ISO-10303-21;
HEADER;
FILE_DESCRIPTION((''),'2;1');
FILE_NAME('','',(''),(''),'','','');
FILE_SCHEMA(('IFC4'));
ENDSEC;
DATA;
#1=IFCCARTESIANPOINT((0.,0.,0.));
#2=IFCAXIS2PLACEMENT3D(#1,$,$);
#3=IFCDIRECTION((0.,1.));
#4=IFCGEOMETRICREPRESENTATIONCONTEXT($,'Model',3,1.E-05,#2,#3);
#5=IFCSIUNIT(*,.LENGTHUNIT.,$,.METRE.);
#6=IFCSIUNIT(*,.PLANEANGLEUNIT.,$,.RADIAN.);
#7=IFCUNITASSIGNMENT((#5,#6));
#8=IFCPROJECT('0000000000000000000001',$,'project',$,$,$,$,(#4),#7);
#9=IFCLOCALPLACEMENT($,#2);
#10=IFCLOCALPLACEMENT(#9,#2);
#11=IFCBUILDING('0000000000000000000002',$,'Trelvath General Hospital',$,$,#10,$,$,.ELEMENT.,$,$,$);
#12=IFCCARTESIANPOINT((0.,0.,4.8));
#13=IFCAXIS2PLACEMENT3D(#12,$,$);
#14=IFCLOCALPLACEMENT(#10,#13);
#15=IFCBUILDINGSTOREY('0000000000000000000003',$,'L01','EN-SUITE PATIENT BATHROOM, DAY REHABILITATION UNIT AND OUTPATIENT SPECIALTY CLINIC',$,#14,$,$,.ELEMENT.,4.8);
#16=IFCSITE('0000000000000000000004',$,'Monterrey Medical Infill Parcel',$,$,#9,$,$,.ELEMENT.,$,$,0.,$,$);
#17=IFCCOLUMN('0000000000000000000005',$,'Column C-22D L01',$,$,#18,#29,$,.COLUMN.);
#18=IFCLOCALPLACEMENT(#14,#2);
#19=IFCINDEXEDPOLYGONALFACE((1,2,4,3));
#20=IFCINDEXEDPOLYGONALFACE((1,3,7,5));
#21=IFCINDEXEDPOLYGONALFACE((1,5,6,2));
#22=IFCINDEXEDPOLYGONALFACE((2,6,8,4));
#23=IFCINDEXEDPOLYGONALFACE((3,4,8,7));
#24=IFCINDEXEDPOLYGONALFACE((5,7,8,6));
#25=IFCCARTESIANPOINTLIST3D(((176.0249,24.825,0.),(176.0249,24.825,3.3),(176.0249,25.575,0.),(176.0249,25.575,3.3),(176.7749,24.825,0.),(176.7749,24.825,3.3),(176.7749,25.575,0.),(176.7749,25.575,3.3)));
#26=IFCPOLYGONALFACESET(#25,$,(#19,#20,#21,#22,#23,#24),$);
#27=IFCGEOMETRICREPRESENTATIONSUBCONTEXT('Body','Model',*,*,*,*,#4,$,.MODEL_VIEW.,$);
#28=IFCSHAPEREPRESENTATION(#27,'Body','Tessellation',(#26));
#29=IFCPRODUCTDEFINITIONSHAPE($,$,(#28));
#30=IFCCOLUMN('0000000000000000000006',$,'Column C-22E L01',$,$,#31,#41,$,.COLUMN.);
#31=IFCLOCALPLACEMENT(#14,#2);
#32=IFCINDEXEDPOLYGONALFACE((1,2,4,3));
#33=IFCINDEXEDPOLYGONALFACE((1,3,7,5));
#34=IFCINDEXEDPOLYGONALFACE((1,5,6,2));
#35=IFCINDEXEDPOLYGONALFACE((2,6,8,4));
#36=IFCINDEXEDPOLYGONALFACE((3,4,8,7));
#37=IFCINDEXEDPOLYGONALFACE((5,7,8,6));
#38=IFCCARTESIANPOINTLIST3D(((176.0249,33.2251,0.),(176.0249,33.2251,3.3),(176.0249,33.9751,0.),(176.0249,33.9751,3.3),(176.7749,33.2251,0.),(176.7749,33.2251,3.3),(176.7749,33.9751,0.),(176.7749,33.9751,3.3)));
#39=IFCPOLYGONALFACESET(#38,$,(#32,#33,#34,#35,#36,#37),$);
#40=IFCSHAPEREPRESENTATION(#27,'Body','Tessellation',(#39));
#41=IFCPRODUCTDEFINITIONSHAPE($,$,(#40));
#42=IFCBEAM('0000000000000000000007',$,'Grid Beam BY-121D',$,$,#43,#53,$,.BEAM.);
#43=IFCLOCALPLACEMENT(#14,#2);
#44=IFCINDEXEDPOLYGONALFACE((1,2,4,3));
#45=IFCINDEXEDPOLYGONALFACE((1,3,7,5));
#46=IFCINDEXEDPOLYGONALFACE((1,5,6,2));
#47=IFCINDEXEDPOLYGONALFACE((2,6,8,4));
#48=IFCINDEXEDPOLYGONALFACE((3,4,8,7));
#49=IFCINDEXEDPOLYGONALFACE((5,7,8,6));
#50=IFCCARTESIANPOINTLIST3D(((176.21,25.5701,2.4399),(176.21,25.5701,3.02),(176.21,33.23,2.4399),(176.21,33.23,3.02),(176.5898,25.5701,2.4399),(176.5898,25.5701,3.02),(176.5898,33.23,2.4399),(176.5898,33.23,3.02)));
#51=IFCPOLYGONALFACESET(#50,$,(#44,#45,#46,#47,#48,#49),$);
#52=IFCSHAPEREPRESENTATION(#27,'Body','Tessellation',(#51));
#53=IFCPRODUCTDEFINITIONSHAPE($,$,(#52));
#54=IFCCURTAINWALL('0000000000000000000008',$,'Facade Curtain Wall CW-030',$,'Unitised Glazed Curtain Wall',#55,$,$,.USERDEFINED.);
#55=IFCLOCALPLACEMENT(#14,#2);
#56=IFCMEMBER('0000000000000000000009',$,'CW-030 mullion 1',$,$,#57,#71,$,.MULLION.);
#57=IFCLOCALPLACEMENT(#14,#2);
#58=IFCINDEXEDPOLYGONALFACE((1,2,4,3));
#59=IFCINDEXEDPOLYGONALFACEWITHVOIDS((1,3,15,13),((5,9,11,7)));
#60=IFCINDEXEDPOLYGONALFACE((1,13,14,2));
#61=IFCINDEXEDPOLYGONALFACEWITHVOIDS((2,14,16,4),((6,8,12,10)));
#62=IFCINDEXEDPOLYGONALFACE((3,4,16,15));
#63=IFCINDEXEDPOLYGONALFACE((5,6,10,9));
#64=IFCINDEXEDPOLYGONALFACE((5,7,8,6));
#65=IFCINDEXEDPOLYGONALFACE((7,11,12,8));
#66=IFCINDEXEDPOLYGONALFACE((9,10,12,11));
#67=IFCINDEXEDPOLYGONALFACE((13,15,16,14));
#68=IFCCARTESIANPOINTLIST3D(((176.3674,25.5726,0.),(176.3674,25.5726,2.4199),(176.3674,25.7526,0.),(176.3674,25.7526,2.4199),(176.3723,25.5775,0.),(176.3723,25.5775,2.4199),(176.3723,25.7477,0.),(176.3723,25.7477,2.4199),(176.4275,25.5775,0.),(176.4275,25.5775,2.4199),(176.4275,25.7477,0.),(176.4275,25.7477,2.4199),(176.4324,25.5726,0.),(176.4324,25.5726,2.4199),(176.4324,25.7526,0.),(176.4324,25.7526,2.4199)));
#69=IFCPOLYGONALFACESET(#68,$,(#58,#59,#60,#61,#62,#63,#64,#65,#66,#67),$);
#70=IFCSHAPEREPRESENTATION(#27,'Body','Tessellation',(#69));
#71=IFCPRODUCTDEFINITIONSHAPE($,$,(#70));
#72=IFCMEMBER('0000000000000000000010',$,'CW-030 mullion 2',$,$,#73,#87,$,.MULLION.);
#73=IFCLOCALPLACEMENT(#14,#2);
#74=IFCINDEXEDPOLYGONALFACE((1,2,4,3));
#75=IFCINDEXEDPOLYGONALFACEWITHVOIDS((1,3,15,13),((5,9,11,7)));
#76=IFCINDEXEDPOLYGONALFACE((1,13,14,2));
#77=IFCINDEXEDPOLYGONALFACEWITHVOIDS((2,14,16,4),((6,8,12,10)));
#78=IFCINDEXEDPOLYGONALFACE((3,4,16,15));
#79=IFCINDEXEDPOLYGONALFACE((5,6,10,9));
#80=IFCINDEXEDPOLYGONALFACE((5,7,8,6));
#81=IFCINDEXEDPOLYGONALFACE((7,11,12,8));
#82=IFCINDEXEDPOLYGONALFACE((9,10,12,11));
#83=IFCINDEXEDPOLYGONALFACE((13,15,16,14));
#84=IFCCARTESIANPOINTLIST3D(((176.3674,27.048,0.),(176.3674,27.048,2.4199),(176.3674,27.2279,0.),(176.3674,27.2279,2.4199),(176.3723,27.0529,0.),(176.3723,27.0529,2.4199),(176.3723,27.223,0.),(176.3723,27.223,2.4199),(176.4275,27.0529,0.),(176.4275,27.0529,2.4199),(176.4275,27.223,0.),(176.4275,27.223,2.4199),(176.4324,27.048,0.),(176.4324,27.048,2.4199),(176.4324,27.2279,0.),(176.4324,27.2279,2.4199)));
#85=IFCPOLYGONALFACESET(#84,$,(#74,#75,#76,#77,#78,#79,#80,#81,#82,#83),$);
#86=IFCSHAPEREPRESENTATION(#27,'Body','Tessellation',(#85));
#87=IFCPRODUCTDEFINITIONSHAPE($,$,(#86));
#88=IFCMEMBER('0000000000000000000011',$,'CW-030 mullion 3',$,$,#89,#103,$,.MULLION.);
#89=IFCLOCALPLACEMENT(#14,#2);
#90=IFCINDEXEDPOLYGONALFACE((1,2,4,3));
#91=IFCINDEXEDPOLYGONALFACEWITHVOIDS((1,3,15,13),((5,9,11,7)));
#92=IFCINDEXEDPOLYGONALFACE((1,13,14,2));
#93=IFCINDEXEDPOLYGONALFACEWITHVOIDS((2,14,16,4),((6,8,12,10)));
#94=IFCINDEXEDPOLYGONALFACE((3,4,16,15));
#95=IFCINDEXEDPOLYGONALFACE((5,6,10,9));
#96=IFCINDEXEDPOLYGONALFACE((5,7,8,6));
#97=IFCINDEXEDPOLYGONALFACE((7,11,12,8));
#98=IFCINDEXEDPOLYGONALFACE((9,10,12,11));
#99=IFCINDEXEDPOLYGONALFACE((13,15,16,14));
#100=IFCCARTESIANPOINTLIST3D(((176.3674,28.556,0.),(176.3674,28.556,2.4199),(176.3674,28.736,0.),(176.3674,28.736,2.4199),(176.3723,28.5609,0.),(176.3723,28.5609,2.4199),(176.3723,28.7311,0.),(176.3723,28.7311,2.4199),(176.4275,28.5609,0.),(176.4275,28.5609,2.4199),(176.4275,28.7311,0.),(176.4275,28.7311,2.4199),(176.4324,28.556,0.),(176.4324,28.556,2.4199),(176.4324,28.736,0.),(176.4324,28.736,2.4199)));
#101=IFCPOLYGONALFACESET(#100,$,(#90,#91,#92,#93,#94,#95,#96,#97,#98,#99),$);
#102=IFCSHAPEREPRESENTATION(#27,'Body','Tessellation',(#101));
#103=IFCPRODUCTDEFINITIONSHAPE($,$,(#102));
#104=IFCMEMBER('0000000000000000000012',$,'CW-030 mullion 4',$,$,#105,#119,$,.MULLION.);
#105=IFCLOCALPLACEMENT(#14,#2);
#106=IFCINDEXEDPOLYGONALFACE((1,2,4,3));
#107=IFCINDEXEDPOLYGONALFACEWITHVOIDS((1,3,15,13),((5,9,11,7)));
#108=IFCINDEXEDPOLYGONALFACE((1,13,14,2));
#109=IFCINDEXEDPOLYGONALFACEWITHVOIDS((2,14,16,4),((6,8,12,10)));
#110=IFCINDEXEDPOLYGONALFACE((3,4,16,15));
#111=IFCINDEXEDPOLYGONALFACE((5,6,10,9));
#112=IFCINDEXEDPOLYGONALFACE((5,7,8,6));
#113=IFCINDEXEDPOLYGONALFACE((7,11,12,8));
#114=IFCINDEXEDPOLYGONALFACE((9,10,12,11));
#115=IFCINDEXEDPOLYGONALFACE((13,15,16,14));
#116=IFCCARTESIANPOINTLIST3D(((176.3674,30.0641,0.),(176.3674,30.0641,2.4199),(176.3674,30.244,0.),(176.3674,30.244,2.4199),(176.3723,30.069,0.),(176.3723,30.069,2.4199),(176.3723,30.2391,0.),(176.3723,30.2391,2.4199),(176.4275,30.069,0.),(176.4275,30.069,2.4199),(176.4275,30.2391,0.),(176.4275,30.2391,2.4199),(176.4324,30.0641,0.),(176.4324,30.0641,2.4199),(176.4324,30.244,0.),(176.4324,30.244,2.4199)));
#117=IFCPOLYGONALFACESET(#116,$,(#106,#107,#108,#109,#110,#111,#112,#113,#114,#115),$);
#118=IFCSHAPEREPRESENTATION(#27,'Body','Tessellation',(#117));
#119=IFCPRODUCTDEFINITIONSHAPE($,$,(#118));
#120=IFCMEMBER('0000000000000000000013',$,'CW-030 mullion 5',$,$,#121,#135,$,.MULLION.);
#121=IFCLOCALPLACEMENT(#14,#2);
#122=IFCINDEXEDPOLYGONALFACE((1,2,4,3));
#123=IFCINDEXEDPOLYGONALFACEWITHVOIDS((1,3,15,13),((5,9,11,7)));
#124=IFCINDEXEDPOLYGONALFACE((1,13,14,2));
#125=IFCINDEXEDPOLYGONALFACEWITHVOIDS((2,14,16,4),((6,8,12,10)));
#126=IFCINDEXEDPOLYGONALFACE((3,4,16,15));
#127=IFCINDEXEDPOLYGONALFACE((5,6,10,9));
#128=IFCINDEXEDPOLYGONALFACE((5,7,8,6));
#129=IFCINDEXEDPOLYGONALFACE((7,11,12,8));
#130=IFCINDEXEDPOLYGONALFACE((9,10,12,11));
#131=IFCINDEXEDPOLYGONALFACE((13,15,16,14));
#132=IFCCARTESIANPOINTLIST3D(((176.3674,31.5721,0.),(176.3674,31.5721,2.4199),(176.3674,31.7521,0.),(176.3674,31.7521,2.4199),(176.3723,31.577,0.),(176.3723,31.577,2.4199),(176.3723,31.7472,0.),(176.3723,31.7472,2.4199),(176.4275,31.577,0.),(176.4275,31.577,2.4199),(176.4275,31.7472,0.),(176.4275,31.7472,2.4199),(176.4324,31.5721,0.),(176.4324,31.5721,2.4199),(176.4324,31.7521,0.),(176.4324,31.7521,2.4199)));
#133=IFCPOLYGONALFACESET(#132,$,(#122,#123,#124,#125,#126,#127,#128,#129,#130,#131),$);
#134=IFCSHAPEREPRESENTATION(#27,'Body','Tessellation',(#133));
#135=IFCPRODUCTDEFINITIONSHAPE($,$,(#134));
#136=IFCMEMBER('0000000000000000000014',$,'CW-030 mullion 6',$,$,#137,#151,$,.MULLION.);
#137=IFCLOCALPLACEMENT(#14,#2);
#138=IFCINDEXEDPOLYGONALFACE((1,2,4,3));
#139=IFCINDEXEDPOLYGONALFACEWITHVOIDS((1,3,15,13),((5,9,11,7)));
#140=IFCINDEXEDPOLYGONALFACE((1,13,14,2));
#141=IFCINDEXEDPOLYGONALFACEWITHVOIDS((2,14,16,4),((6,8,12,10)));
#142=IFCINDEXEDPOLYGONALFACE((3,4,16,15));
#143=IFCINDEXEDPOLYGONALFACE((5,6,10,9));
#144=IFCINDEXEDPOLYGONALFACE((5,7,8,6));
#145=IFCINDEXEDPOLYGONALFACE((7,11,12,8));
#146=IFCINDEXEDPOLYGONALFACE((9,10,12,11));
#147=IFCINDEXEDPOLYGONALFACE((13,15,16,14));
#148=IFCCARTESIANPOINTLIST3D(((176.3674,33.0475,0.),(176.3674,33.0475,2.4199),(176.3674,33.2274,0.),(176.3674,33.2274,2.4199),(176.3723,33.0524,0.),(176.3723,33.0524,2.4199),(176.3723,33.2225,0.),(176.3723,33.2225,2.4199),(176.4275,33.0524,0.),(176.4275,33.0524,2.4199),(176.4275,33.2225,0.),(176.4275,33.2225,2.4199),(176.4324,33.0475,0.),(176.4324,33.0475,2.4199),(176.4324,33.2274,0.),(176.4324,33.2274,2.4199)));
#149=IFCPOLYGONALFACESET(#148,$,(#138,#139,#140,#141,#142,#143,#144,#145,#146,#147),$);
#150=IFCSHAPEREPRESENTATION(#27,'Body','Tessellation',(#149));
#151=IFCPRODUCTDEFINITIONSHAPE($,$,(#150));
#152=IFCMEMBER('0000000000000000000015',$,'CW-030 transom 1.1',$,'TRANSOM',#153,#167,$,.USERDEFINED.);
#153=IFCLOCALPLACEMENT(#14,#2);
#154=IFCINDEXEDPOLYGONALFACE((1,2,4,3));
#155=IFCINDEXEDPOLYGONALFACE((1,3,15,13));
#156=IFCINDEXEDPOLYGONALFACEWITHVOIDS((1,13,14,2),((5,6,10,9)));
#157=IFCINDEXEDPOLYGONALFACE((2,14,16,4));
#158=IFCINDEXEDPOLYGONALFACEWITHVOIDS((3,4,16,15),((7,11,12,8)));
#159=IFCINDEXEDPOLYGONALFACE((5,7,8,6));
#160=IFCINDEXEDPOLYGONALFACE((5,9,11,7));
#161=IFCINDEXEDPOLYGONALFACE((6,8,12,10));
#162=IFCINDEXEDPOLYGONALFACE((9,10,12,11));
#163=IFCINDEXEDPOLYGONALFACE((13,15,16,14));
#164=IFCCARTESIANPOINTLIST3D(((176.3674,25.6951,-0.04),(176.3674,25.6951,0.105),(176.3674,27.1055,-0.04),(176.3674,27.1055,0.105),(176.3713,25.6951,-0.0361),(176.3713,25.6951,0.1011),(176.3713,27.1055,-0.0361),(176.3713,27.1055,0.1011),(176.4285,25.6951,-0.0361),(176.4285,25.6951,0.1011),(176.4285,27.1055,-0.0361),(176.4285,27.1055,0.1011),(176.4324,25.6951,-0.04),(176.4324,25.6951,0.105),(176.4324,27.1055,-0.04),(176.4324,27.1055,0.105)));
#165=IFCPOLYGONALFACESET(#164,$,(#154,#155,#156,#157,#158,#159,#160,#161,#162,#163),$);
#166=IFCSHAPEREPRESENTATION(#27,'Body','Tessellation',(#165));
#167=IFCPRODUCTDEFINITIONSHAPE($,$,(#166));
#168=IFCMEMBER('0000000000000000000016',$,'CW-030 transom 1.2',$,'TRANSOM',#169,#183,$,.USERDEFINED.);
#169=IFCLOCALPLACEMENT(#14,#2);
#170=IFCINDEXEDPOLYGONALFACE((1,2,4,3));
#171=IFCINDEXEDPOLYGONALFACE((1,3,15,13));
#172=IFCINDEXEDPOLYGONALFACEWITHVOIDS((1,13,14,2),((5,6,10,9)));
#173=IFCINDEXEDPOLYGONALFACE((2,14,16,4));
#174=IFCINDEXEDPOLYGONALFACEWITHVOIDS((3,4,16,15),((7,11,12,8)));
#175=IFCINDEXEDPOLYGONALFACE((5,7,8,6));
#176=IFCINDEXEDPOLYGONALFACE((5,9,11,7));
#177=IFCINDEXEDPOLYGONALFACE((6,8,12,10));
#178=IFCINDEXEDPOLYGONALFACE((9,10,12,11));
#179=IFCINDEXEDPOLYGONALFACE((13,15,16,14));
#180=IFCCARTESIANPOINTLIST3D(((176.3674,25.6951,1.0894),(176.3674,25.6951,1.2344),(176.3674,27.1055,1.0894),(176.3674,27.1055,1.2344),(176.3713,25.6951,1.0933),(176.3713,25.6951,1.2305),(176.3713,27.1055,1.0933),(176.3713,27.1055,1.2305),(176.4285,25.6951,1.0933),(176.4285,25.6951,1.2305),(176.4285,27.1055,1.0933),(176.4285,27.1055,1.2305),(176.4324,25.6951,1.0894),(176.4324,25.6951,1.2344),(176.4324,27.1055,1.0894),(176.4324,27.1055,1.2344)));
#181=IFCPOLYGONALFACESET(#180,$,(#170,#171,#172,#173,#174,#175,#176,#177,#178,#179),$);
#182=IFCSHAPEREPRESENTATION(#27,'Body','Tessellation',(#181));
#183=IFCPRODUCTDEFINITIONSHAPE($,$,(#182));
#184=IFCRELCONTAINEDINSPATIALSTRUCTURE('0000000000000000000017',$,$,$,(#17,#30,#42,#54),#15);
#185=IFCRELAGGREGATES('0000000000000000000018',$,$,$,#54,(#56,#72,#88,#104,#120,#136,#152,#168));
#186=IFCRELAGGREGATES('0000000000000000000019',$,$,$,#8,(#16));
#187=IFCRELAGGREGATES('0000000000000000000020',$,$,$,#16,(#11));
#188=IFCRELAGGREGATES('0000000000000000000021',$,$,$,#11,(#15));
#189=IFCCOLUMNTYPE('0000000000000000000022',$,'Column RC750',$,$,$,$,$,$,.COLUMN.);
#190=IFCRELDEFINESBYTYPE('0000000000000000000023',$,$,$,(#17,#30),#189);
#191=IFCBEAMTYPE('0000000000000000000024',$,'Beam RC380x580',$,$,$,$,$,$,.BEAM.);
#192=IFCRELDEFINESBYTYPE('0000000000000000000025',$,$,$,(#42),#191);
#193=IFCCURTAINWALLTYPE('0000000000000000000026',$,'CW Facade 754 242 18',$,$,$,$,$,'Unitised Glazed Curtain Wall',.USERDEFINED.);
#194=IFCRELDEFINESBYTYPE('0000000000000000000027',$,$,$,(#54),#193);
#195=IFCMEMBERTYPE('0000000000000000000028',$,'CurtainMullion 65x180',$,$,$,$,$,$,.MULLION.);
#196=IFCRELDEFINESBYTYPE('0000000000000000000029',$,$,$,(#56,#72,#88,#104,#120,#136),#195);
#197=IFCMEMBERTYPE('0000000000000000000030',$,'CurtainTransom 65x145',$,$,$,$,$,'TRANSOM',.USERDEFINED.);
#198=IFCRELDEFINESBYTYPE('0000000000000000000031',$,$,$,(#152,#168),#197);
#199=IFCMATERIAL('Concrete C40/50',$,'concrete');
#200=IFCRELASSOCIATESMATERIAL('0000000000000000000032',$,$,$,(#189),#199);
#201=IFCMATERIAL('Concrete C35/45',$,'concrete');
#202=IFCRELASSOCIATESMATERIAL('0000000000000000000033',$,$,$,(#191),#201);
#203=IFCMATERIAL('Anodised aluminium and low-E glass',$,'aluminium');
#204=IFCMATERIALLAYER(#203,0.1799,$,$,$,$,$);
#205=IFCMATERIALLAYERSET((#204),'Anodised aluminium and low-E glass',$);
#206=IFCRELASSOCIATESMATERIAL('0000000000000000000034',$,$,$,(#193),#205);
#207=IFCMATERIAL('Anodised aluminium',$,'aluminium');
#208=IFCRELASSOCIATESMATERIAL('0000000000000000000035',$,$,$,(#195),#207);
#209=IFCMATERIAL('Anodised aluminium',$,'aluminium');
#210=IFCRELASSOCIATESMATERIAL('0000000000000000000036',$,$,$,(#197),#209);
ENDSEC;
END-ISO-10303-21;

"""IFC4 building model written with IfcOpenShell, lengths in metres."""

from ifc_helpers import new_model, si_unit, direction, frame, origin, origin_2d, place, context, subcontext, project, spatial, rectangle, hollow_rectangle, extrude, material, layer, layer_set, material_profile, profile_set, type_object, element, aggregate, save


model = new_model("IFC4")

# Units and contexts
model_context = context("Model", 3, precision=1e-05, world=origin(), true_north=direction((0.0, 1.0)))
body_context = subcontext(model_context, "Body", "Model", "MODEL_VIEW")
ifc_project = project(units=[si_unit("LENGTHUNIT", "METRE"), si_unit("PLANEANGLEUNIT", "RADIAN")], contexts=[model_context])

# Site, building, storey
site_placement = place(None, origin())
site = spatial("IfcSite", under=ifc_project, at=site_placement, Name="Monterrey Medical Infill Parcel", CompositionType="ELEMENT", RefElevation=0.0)
building_placement = place(site_placement, origin())
building = spatial("IfcBuilding", under=site, at=building_placement, Name="Trelvath General Hospital", CompositionType="ELEMENT")
storey_placement = place(building_placement, frame((0.0, 0.0, 4.8)))
storey = spatial("IfcBuildingStorey", under=building, at=storey_placement, Name="L01", Description="EN-SUITE PATIENT BATHROOM, DAY REHABILITATION UNIT AND OUTPATIENT SPECIALTY CLINIC", CompositionType="ELEMENT", Elevation=4.8)

# Columns
ifc_material_1 = material(Name="Concrete C40/50", Category="concrete")
ifc_material_profile_1 = material_profile(ifc_material_1, rectangle(XDim=0.75, YDim=0.75, at=origin_2d()), Name="RC750x750")
ifc_profile_set_1 = profile_set([ifc_material_profile_1], Name="Concrete C40/50")
column_type = type_object("IfcColumnType", Name="Column RC750", PredefinedType="COLUMN", material=ifc_profile_set_1)
for number, where, z_axis, x_axis, name in (
    (1, (176.3999, 25.2, 0.0), (0.0, 0.0, 1.0), (1.0, 0.0, 0.0), "Column C-22D L01"),
    (2, (176.3999, 33.6001, 0.0), (0.0, 0.0, 1.0), (1.0, 0.0, 0.0), "Column C-22E L01"),
):
    element("IfcColumn", number, at=place(storey_placement, frame(where, z_axis=z_axis, x_axis=x_axis)), inside=storey, type_object=column_type, Name=name, PredefinedType="COLUMN", context=body_context, shape_type="SweptSolid", body=[
        extrude(rectangle(XDim=0.75, YDim=0.75, at=origin_2d()), origin(), (0.0, 0.0, 1.0), 3.3),
    ])

# Beam
ifc_material_2 = material(Name="Concrete C35/45", Category="concrete")
ifc_material_profile_2 = material_profile(ifc_material_2, rectangle(XDim=0.3799, YDim=0.5801, at=origin_2d()), Name="RCB380x580")
ifc_profile_set_2 = profile_set([ifc_material_profile_2], Name="Concrete C35/45")
beam_type = type_object("IfcBeamType", Name="Beam RC380x580", PredefinedType="BEAM", material=ifc_profile_set_2)
beam_placement = place(storey_placement, frame((176.3999, 25.5701, 2.73), z_axis=(0.0, 1.0, 0.0), x_axis=(-1.0, 0.0, 0.0)))
element("IfcBeam", 3, at=beam_placement, inside=storey, type_object=beam_type, Name="Grid Beam BY-121D", PredefinedType="BEAM", context=body_context, shape_type="SweptSolid", body=[
    extrude(rectangle(XDim=0.3799, YDim=0.5801, at=origin_2d()), origin(), (0.0, 0.0, 1.0), 7.6599),
])

# Curtain wall, members
ifc_material_3 = material(Name="Anodised aluminium and low-E glass", Category="aluminium")
ifc_layer_1 = layer(ifc_material_3, 0.1799)
ifc_layer_set_1 = layer_set([ifc_layer_1], Name="Anodised aluminium and low-E glass")
curtain_wall_type = type_object("IfcCurtainWallType", Name="CW Facade 754 242 18", ElementType="Unitised Glazed Curtain Wall", PredefinedType="USERDEFINED", material=ifc_layer_set_1)
curtain_wall_placement = place(storey_placement, origin())
curtain_wall = element("IfcCurtainWall", 4, at=curtain_wall_placement, inside=storey, type_object=curtain_wall_type, Name="Facade Curtain Wall CW-030", ObjectType="Unitised Glazed Curtain Wall", PredefinedType="USERDEFINED")
ifc_material_4 = material(Name="Anodised aluminium", Category="aluminium")
ifc_material_profile_3 = material_profile(ifc_material_4, hollow_rectangle(XDim=0.0649, YDim=0.1799, WallThickness=0.0049, at=origin_2d()), Name="RHS65x180x5")
ifc_profile_set_3 = profile_set([ifc_material_profile_3], Name="Anodised aluminium")
member_type_1 = type_object("IfcMemberType", Name="CurtainMullion 65x180", PredefinedType="MULLION", material=ifc_profile_set_3)
member_1_placement = place(storey_placement, frame((176.3999, 25.6626, 0.0), z_axis=(0.0, 0.0, 1.0), x_axis=(-1.0, 0.0, 0.0)))
member_1 = element("IfcMember", 5, at=member_1_placement, type_object=member_type_1, Name="CW-030 mullion 1", PredefinedType="MULLION", context=body_context, shape_type="SweptSolid", body=[
    extrude(hollow_rectangle(XDim=0.0649, YDim=0.1799, WallThickness=0.0049, at=origin_2d()), origin(), (0.0, 0.0, 1.0), 2.4199),
])
member_2_placement = place(storey_placement, frame((176.3999, 27.1379, 0.0), z_axis=(0.0, 0.0, 1.0), x_axis=(-1.0, 0.0, 0.0)))
member_2 = element("IfcMember", 6, at=member_2_placement, type_object=member_type_1, Name="CW-030 mullion 2", PredefinedType="MULLION", context=body_context, shape_type="SweptSolid", body=[
    extrude(hollow_rectangle(XDim=0.0649, YDim=0.1799, WallThickness=0.0049, at=origin_2d()), origin(), (0.0, 0.0, 1.0), 2.4199),
])
member_3_placement = place(storey_placement, frame((176.3999, 28.646, 0.0), z_axis=(0.0, 0.0, 1.0), x_axis=(-1.0, 0.0, 0.0)))
member_3 = element("IfcMember", 7, at=member_3_placement, type_object=member_type_1, Name="CW-030 mullion 3", PredefinedType="MULLION", context=body_context, shape_type="SweptSolid", body=[
    extrude(hollow_rectangle(XDim=0.0649, YDim=0.1799, WallThickness=0.0049, at=origin_2d()), origin(), (0.0, 0.0, 1.0), 2.4199),
])
member_4_placement = place(storey_placement, frame((176.3999, 30.1541, 0.0), z_axis=(0.0, 0.0, 1.0), x_axis=(-1.0, 0.0, 0.0)))
member_4 = element("IfcMember", 8, at=member_4_placement, type_object=member_type_1, Name="CW-030 mullion 4", PredefinedType="MULLION", context=body_context, shape_type="SweptSolid", body=[
    extrude(hollow_rectangle(XDim=0.0649, YDim=0.1799, WallThickness=0.0049, at=origin_2d()), origin(), (0.0, 0.0, 1.0), 2.4199),
])
member_5_placement = place(storey_placement, frame((176.3999, 31.6621, 0.0), z_axis=(0.0, 0.0, 1.0), x_axis=(-1.0, 0.0, 0.0)))
member_5 = element("IfcMember", 9, at=member_5_placement, type_object=member_type_1, Name="CW-030 mullion 5", PredefinedType="MULLION", context=body_context, shape_type="SweptSolid", body=[
    extrude(hollow_rectangle(XDim=0.0649, YDim=0.1799, WallThickness=0.0049, at=origin_2d()), origin(), (0.0, 0.0, 1.0), 2.4199),
])
member_6_placement = place(storey_placement, frame((176.3999, 33.1375, 0.0), z_axis=(0.0, 0.0, 1.0), x_axis=(-1.0, 0.0, 0.0)))
member_6 = element("IfcMember", 10, at=member_6_placement, type_object=member_type_1, Name="CW-030 mullion 6", PredefinedType="MULLION", context=body_context, shape_type="SweptSolid", body=[
    extrude(hollow_rectangle(XDim=0.0649, YDim=0.1799, WallThickness=0.0049, at=origin_2d()), origin(), (0.0, 0.0, 1.0), 2.4199),
])
ifc_material_5 = material(Name="Anodised aluminium", Category="aluminium")
ifc_material_profile_4 = material_profile(ifc_material_5, hollow_rectangle(XDim=0.0649, YDim=0.145, WallThickness=0.0039, at=origin_2d()), Name="RHS65x145x4")
ifc_profile_set_4 = profile_set([ifc_material_profile_4], Name="Anodised aluminium")
member_type_2 = type_object("IfcMemberType", Name="CurtainTransom 65x145", ElementType="TRANSOM", PredefinedType="USERDEFINED", material=ifc_profile_set_4)
member_7_placement = place(storey_placement, frame((176.3999, 25.6951, 0.0325), z_axis=(0.0, 1.0, 0.0), x_axis=(-1.0, 0.0, 0.0)))
member_7 = element("IfcMember", 11, at=member_7_placement, type_object=member_type_2, Name="CW-030 transom 1.1", ObjectType="TRANSOM", PredefinedType="USERDEFINED", context=body_context, shape_type="SweptSolid", body=[
    extrude(hollow_rectangle(XDim=0.0649, YDim=0.145, WallThickness=0.0039, at=origin_2d()), origin(), (0.0, 0.0, 1.0), 1.4104),
])
member_8_placement = place(storey_placement, frame((176.3999, 25.6951, 1.1619), z_axis=(0.0, 1.0, 0.0), x_axis=(-1.0, 0.0, 0.0)))
member_8 = element("IfcMember", 12, at=member_8_placement, type_object=member_type_2, Name="CW-030 transom 1.2", ObjectType="TRANSOM", PredefinedType="USERDEFINED", context=body_context, shape_type="SweptSolid", body=[
    extrude(hollow_rectangle(XDim=0.0649, YDim=0.145, WallThickness=0.0039, at=origin_2d()), origin(), (0.0, 0.0, 1.0), 1.4104),
])
aggregate(curtain_wall, [member_1, member_2, member_3, member_4, member_5, member_6, member_7, member_8])

save(model, "model.ifc")
